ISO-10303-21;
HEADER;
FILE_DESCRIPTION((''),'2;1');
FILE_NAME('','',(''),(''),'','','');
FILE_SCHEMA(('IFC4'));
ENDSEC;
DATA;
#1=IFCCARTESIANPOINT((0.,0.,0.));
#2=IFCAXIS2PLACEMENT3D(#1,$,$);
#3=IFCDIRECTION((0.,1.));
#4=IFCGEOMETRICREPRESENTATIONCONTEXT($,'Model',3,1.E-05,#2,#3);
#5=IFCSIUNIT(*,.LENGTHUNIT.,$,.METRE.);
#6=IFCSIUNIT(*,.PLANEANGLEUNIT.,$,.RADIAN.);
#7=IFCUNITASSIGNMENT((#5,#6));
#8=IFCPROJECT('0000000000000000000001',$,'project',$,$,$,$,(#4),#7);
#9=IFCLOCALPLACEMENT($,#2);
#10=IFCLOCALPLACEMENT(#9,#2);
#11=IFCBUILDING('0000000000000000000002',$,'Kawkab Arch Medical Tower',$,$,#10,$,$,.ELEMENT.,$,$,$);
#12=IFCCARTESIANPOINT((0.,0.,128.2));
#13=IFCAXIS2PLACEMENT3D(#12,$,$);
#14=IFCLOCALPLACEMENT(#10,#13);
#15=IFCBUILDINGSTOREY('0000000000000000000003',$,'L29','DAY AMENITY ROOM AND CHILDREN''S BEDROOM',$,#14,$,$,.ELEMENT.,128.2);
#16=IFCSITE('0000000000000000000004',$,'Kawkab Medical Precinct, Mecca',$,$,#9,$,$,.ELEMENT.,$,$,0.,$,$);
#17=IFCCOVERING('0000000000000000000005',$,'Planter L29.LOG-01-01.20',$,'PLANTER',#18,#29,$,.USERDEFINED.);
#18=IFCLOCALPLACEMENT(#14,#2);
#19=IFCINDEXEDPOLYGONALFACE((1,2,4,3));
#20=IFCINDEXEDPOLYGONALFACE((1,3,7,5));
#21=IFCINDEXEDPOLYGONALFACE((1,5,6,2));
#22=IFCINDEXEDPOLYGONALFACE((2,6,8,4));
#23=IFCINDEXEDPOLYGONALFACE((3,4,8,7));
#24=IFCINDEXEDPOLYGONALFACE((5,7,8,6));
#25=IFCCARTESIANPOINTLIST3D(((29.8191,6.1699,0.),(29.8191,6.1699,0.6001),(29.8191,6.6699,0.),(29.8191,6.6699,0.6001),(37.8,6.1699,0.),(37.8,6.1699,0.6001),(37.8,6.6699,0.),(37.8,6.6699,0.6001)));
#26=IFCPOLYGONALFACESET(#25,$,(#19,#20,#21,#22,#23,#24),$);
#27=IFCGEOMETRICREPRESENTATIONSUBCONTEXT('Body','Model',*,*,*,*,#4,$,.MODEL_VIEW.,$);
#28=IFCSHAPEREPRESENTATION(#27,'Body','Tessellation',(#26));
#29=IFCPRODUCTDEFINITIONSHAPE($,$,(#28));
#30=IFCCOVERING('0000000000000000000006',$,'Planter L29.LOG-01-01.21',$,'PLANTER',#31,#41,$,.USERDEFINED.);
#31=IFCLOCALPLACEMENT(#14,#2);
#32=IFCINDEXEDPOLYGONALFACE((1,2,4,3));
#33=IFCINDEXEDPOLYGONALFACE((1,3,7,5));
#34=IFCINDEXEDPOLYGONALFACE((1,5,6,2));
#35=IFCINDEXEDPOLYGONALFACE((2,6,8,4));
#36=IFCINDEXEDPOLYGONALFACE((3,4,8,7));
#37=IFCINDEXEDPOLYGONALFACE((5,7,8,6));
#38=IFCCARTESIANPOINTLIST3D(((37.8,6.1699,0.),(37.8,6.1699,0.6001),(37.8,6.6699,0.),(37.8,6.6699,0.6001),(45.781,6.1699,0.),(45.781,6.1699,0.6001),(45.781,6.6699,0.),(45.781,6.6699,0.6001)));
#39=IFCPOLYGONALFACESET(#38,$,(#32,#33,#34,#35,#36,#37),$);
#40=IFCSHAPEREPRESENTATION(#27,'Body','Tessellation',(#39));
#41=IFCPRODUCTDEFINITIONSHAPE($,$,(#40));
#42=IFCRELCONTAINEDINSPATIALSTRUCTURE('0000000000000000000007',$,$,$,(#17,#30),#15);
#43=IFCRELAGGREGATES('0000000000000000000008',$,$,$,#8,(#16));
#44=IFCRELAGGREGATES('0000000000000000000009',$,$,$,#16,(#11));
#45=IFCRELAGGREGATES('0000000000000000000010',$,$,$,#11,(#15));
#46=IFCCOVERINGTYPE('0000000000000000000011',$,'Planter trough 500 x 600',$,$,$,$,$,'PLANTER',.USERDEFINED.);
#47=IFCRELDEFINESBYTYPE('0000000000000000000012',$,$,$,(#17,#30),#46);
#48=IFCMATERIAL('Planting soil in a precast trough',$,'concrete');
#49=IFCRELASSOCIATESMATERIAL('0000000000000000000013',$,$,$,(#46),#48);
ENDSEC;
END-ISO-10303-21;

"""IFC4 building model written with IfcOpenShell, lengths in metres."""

from ifc_helpers import new_model, si_unit, direction, frame, origin, origin_2d, place, context, subcontext, project, spatial, rectangle, extrude, material, material_profile, profile_set, type_object, element, save


model = new_model("IFC4")

# Units and contexts
model_context = context("Model", 3, precision=1e-05, world=origin(), true_north=direction((0.0, 1.0)))
body_context = subcontext(model_context, "Body", "Model", "MODEL_VIEW")
ifc_project = project(units=[si_unit("LENGTHUNIT", "METRE"), si_unit("PLANEANGLEUNIT", "RADIAN")], contexts=[model_context])

# Site, building, storey
site_placement = place(None, origin())
site = spatial("IfcSite", under=ifc_project, at=site_placement, Name="Kawkab Medical Precinct, Mecca", CompositionType="ELEMENT", RefElevation=0.0)
building_placement = place(site_placement, origin())
building = spatial("IfcBuilding", under=site, at=building_placement, Name="Kawkab Arch Medical Tower", CompositionType="ELEMENT")
storey_placement = place(building_placement, frame((0.0, 0.0, 128.2)))
storey = spatial("IfcBuildingStorey", under=building, at=storey_placement, Name="L29", Description="DAY AMENITY ROOM AND CHILDREN'S BEDROOM", CompositionType="ELEMENT", Elevation=128.2)

# Coverings
ifc_material_1 = material(Name="Planting soil in a precast trough", Category="concrete")
ifc_material_profile_1 = material_profile(ifc_material_1, rectangle(XDim=0.5, YDim=0.6001, at=origin_2d()), Name="Trough 500x600")
ifc_profile_set_1 = profile_set([ifc_material_profile_1], Name="Planting soil in a precast trough")
covering_type_1 = type_object("IfcCoveringType", Name="Planter trough 500 x 600", ElementType="PLANTER", PredefinedType="USERDEFINED", material=ifc_profile_set_1)
for number, where, z_axis, x_axis, name in (
    (1, (29.8191, 6.4199, 0.3), (1.0, 0.0, 0.0), (0.0, 1.0, 0.0), "Planter L29.LOG-01-01.20"),
    (2, (37.8, 6.4199, 0.3), (1.0, 0.0, 0.0), (0.0, 1.0, 0.0), "Planter L29.LOG-01-01.21"),
):
    element("IfcCovering", number, at=place(storey_placement, frame(where, z_axis=z_axis, x_axis=x_axis)), inside=storey, type_object=covering_type_1, Name=name, ObjectType="PLANTER", PredefinedType="USERDEFINED", context=body_context, shape_type="SweptSolid", body=[
        extrude(rectangle(XDim=0.5, YDim=0.6001, at=origin_2d()), origin(), (0.0, 0.0, 1.0), 7.981),
    ])

save(model, "model.ifc")
